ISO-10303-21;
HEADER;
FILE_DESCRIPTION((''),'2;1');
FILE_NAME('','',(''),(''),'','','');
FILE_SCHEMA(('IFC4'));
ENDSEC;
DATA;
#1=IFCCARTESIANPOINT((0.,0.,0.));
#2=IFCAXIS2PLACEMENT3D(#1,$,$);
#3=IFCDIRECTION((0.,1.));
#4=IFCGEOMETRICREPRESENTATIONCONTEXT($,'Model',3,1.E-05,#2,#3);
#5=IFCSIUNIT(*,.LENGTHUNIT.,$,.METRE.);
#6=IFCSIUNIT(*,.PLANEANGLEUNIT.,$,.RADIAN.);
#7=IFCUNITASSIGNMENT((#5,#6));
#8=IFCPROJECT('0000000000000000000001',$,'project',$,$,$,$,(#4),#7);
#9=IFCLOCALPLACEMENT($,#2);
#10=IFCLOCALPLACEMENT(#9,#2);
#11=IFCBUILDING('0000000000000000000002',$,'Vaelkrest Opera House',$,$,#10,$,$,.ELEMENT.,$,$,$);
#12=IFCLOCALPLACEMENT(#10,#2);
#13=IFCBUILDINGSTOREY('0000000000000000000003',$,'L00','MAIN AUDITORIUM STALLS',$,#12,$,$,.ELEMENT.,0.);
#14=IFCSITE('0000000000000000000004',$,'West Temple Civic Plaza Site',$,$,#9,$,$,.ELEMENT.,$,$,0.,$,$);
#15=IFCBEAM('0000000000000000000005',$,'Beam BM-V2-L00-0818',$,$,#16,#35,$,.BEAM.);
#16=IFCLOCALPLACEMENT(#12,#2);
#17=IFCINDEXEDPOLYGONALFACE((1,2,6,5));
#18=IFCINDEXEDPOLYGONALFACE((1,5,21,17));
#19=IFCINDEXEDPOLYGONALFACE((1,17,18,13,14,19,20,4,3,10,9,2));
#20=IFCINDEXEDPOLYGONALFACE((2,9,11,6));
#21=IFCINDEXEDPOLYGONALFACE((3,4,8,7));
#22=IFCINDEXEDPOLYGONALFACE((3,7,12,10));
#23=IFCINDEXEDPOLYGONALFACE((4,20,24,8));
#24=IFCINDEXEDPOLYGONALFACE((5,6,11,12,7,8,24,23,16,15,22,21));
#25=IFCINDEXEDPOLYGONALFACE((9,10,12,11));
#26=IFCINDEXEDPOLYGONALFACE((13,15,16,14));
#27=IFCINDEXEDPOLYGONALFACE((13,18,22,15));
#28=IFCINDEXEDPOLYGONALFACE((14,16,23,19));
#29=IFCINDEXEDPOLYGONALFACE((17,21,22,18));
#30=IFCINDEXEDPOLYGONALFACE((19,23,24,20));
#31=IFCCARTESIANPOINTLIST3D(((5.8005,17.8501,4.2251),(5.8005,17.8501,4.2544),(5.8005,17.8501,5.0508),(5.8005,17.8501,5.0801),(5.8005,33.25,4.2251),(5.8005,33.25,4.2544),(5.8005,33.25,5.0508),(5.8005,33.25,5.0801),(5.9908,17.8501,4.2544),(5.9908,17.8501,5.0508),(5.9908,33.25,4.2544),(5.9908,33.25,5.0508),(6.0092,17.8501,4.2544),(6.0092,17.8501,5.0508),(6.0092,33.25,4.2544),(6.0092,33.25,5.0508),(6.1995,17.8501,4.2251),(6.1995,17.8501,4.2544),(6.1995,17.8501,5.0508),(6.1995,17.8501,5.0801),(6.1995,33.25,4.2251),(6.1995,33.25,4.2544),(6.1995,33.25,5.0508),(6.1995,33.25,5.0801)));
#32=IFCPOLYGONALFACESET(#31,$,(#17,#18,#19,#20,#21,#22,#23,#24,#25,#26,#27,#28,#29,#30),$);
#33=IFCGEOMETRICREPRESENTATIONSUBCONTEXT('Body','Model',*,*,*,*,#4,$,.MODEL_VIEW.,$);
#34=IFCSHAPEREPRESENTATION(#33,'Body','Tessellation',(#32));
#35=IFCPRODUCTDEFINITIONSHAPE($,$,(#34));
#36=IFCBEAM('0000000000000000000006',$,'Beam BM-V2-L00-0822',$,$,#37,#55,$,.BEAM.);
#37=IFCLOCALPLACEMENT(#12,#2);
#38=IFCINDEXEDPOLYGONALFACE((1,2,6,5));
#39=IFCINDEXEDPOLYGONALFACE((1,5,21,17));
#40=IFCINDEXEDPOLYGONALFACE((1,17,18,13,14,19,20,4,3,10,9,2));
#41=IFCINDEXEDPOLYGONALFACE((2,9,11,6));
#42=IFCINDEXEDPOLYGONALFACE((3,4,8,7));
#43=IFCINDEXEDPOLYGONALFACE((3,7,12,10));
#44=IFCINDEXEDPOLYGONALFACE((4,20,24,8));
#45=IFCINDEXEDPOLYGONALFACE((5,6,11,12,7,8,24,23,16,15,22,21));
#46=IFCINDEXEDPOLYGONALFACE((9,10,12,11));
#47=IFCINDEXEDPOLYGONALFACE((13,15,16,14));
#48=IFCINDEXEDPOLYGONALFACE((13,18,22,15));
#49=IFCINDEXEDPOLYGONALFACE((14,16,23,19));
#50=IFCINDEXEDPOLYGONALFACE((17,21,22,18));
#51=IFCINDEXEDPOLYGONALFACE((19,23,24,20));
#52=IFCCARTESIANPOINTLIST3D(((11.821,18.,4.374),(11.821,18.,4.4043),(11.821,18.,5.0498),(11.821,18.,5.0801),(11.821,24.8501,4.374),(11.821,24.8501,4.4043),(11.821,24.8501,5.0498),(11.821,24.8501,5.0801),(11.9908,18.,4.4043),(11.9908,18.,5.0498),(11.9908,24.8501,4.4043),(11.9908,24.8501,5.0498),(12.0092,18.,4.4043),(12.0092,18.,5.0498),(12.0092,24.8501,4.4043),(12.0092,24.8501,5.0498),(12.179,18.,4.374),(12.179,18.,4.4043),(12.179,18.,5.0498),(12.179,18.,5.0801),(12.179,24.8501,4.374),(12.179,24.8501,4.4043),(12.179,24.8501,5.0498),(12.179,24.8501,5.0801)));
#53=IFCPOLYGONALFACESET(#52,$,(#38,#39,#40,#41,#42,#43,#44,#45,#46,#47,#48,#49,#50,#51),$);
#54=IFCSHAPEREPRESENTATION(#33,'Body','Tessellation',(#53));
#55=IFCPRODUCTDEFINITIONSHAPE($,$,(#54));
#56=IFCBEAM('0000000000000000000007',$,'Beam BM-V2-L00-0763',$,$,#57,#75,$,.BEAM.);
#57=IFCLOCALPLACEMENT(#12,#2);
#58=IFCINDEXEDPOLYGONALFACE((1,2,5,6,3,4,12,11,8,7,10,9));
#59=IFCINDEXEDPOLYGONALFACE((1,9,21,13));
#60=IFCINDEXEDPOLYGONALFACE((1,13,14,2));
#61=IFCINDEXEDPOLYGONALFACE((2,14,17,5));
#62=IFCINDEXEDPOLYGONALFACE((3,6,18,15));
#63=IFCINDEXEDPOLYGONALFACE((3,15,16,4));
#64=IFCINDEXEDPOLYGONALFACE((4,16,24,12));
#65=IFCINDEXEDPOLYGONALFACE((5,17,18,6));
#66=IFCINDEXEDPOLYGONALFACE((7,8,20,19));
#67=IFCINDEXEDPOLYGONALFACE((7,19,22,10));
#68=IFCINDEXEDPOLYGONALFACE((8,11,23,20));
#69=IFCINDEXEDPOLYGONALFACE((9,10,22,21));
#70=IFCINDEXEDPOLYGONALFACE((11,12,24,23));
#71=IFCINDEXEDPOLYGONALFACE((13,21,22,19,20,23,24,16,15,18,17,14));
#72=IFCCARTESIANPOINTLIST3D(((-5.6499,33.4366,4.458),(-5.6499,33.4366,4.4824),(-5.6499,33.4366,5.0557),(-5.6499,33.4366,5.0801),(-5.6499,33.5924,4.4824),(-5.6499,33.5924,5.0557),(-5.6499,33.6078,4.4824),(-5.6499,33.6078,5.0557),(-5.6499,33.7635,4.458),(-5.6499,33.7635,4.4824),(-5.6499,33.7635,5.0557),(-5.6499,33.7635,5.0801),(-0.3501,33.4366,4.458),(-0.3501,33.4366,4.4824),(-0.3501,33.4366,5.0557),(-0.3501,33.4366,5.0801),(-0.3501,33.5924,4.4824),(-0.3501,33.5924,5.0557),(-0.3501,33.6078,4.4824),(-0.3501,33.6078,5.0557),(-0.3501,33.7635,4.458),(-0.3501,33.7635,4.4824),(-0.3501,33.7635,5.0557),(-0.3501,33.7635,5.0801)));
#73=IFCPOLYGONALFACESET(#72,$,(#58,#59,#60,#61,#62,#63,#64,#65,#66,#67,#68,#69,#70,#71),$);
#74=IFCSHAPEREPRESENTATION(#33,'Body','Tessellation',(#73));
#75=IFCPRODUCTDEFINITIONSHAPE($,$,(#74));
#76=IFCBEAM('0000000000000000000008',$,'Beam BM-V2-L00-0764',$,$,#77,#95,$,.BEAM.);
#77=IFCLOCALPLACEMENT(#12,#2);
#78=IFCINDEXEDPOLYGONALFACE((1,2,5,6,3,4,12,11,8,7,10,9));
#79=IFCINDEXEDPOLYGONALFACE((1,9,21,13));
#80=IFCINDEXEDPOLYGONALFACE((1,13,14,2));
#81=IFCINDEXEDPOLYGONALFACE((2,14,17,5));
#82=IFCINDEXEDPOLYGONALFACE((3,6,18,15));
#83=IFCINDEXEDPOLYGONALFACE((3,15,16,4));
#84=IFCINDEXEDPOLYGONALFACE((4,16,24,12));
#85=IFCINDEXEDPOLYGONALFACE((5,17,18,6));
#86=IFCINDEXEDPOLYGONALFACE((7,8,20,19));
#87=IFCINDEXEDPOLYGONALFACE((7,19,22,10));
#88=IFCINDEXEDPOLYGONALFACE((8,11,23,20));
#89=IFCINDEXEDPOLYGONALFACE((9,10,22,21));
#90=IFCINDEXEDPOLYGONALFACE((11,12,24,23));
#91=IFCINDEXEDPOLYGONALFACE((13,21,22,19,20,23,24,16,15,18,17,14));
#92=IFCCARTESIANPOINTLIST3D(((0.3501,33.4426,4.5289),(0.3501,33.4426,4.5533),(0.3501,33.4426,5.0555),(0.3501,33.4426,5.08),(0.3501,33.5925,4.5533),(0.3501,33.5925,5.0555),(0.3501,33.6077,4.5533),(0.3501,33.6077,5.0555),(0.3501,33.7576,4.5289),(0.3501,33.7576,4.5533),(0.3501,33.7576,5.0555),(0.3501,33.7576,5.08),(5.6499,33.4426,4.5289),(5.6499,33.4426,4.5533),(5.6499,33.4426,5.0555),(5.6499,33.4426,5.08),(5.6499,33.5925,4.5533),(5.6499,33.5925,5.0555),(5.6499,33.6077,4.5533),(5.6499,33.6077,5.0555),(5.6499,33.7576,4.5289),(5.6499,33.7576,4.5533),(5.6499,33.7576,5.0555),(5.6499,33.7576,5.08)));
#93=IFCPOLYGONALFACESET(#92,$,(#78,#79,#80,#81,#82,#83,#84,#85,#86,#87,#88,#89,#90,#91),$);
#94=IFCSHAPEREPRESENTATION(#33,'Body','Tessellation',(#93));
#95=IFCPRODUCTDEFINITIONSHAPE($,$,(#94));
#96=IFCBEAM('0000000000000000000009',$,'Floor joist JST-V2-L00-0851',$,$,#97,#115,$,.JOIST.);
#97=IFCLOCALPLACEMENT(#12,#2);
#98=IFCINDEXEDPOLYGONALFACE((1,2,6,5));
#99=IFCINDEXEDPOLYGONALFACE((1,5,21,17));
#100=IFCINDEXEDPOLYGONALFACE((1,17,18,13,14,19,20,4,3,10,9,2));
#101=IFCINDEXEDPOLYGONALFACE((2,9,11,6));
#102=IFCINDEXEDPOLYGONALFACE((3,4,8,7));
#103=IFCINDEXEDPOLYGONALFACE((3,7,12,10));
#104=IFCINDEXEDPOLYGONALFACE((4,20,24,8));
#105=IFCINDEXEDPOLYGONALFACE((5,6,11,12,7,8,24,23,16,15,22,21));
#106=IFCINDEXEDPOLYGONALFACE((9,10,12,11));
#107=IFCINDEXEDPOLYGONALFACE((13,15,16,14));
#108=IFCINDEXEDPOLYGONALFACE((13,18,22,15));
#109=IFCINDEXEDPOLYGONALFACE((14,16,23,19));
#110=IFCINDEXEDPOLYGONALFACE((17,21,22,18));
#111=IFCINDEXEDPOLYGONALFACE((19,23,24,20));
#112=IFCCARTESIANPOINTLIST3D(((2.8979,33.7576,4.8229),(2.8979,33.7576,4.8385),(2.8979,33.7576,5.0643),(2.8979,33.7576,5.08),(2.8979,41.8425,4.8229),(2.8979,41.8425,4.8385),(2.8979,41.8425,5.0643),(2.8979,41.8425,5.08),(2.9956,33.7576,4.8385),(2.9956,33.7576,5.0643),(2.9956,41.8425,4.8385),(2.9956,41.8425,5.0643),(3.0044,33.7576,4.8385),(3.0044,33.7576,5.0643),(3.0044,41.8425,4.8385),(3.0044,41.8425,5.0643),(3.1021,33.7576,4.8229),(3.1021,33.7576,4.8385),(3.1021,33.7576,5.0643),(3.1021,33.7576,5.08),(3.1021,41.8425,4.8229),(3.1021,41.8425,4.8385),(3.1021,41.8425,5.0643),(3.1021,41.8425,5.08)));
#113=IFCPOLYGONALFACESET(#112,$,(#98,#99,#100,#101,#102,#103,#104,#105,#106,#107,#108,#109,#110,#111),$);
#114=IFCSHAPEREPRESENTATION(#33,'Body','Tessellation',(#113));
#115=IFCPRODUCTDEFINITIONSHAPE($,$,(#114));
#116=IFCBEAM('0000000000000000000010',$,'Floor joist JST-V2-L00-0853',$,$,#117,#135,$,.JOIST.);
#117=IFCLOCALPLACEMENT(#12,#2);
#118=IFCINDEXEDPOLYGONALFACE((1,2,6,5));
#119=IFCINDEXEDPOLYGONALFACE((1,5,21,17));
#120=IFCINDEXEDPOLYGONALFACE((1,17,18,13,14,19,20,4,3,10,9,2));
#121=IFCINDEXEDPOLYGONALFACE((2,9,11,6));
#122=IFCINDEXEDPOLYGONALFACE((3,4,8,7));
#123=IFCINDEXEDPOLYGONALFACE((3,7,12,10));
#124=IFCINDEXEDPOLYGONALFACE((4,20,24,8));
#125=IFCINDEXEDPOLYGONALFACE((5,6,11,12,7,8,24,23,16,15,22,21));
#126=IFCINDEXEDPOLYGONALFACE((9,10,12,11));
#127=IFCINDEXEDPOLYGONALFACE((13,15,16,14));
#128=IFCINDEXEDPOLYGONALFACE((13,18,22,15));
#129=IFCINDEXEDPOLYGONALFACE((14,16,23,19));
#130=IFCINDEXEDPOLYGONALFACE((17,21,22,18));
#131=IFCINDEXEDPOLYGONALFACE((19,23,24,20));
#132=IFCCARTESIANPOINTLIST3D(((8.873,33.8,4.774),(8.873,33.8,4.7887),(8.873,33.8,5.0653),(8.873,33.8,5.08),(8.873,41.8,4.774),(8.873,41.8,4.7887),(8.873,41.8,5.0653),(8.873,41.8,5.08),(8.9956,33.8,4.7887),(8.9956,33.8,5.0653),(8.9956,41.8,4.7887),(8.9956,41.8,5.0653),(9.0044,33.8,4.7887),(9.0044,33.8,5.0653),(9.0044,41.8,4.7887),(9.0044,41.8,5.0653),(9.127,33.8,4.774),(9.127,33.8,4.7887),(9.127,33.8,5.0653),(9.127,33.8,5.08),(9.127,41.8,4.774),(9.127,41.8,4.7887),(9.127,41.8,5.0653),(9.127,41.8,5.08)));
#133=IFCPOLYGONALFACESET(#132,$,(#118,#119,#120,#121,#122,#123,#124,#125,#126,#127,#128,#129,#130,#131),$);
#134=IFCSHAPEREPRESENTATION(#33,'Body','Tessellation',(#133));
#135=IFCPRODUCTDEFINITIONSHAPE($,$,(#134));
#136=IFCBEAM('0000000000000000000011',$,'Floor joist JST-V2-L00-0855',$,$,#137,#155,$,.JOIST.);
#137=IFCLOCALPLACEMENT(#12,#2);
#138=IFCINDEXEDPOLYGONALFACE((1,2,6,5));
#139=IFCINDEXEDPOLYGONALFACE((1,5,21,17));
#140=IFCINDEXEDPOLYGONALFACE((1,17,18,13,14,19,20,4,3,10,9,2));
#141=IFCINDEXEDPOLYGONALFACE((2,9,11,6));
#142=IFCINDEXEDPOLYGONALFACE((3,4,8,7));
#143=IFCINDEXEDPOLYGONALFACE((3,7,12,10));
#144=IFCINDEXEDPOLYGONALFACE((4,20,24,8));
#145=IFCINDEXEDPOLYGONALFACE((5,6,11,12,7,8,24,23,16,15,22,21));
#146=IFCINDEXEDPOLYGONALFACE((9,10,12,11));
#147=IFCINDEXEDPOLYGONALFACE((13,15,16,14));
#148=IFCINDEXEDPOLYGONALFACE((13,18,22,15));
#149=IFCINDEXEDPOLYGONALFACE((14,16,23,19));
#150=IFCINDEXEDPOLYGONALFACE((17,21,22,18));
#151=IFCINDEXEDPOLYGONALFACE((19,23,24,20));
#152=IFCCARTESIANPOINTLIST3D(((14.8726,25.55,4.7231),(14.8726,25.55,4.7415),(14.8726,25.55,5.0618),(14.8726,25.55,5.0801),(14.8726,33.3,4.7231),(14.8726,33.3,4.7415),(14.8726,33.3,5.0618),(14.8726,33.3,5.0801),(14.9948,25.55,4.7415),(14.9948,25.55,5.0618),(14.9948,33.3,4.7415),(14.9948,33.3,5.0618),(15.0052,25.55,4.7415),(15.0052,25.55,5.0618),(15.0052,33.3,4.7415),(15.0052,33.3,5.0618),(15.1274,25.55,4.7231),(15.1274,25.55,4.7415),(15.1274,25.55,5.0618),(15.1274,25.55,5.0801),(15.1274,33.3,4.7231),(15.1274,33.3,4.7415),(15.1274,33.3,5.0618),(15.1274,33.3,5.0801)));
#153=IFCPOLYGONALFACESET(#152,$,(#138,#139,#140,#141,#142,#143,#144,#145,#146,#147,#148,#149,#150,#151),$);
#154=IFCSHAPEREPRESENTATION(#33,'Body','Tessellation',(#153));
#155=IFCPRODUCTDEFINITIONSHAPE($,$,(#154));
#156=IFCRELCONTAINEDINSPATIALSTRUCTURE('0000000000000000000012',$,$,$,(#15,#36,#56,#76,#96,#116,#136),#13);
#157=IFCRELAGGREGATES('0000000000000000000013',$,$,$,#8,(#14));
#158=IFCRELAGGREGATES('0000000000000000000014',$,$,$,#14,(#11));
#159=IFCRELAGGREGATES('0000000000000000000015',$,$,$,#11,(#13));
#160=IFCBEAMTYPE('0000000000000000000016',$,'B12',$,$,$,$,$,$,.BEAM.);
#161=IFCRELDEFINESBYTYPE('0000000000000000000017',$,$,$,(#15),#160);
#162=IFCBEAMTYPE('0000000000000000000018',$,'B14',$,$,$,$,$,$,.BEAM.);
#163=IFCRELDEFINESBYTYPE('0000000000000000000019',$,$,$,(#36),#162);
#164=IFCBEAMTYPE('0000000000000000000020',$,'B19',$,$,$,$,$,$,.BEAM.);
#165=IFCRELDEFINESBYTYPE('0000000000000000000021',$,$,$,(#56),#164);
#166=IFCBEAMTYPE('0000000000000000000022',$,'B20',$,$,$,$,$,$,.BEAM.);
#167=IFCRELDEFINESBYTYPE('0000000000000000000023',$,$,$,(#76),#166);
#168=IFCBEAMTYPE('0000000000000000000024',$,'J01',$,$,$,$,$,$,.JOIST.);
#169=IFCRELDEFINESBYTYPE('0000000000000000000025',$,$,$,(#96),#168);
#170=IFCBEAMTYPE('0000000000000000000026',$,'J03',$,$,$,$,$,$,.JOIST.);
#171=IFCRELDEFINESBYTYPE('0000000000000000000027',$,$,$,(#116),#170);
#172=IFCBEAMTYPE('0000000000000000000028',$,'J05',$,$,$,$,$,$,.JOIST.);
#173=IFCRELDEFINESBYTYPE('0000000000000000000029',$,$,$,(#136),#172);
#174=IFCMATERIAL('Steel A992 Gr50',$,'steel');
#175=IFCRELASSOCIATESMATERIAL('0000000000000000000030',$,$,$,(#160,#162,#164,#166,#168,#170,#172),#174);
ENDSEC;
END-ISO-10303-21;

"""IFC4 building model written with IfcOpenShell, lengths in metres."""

from ifc_helpers import new_model, si_unit, direction, frame, origin, origin_2d, place, context, subcontext, project, spatial, i_section, extrude, material, material_profile, profile_set, type_object, element, save


model = new_model("IFC4")

# Units and contexts
model_context = context("Model", 3, precision=1e-05, world=origin(), true_north=direction((0.0, 1.0)))
body_context = subcontext(model_context, "Body", "Model", "MODEL_VIEW")
ifc_project = project(units=[si_unit("LENGTHUNIT", "METRE"), si_unit("PLANEANGLEUNIT", "RADIAN")], contexts=[model_context])

# Site, building, storey
site_placement = place(None, origin())
site = spatial("IfcSite", under=ifc_project, at=site_placement, Name="West Temple Civic Plaza Site", CompositionType="ELEMENT", RefElevation=0.0)
building_placement = place(site_placement, origin())
building = spatial("IfcBuilding", under=site, at=building_placement, Name="Vaelkrest Opera House", CompositionType="ELEMENT")
storey_placement = place(building_placement, origin())
storey = spatial("IfcBuildingStorey", under=building, at=storey_placement, Name="L00", Description="MAIN AUDITORIUM STALLS", CompositionType="ELEMENT", Elevation=0.0)

# Beams
ifc_material_1 = material(Name="Steel A992 Gr50", Category="steel")
ifc_material_profile_1 = material_profile(ifc_material_1, i_section(OverallWidth=0.3989, OverallDepth=0.855, WebThickness=0.0183, FlangeThickness=0.0293, at=origin_2d()), Name="W33X201")
ifc_profile_set_1 = profile_set([ifc_material_profile_1], Name="Steel A992 Gr50")
beam_type_1 = type_object("IfcBeamType", Name="B12", PredefinedType="BEAM", material=ifc_profile_set_1)
beam_1_placement = place(storey_placement, frame((6.0, 17.8501, 4.6526), z_axis=(0.0, 1.0, 0.0), x_axis=(-1.0, 0.0, 0.0)))
element("IfcBeam", 1, at=beam_1_placement, inside=storey, type_object=beam_type_1, Name="Beam BM-V2-L00-0818", PredefinedType="BEAM", context=body_context, shape_type="SweptSolid", body=[
    extrude(i_section(OverallWidth=0.3989, OverallDepth=0.855, WebThickness=0.0183, FlangeThickness=0.0293, at=origin_2d()), origin(), (0.0, 0.0, 1.0), 15.3999),
])
ifc_material_profile_2 = material_profile(ifc_material_1, i_section(OverallWidth=0.3579, OverallDepth=0.7061, WebThickness=0.0183, FlangeThickness=0.0303, at=origin_2d()), Name="W27X178")
ifc_profile_set_2 = profile_set([ifc_material_profile_2], Name="Steel A992 Gr50")
beam_type_2 = type_object("IfcBeamType", Name="B14", PredefinedType="BEAM", material=ifc_profile_set_2)
beam_2_placement = place(storey_placement, frame((12.0, 18.0, 4.7271), z_axis=(0.0, 1.0, 0.0), x_axis=(-1.0, 0.0, 0.0)))
element("IfcBeam", 2, at=beam_2_placement, inside=storey, type_object=beam_type_2, Name="Beam BM-V2-L00-0822", PredefinedType="BEAM", context=body_context, shape_type="SweptSolid", body=[
    extrude(i_section(OverallWidth=0.3579, OverallDepth=0.7061, WebThickness=0.0183, FlangeThickness=0.0303, at=origin_2d()), origin(), (0.0, 0.0, 1.0), 6.8501),
])
ifc_material_profile_3 = material_profile(ifc_material_1, i_section(OverallWidth=0.3269, OverallDepth=0.6221, WebThickness=0.0154, FlangeThickness=0.0244, at=origin_2d()), Name="W24X131")
ifc_profile_set_3 = profile_set([ifc_material_profile_3], Name="Steel A992 Gr50")
beam_type_3 = type_object("IfcBeamType", Name="B19", PredefinedType="BEAM", material=ifc_profile_set_3)
beam_3_placement = place(storey_placement, frame((-5.6499, 33.6001, 4.769), z_axis=(1.0, 0.0, 0.0), x_axis=(0.0, 1.0, 0.0)))
element("IfcBeam", 3, at=beam_3_placement, inside=storey, type_object=beam_type_3, Name="Beam BM-V2-L00-0763", PredefinedType="BEAM", context=body_context, shape_type="SweptSolid", body=[
    extrude(i_section(OverallWidth=0.3269, OverallDepth=0.6221, WebThickness=0.0154, FlangeThickness=0.0244, at=origin_2d()), origin(), (0.0, 0.0, 1.0), 5.2998),
])
ifc_material_profile_4 = material_profile(ifc_material_1, i_section(OverallWidth=0.3149, OverallDepth=0.551, WebThickness=0.0151, FlangeThickness=0.0244, at=origin_2d()), Name="W21X122")
ifc_profile_set_4 = profile_set([ifc_material_profile_4], Name="Steel A992 Gr50")
beam_type_4 = type_object("IfcBeamType", Name="B20", PredefinedType="BEAM", material=ifc_profile_set_4)
beam_4_placement = place(storey_placement, frame((0.3501, 33.6001, 4.8044), z_axis=(1.0, 0.0, 0.0), x_axis=(0.0, 1.0, 0.0)))
element("IfcBeam", 4, at=beam_4_placement, inside=storey, type_object=beam_type_4, Name="Beam BM-V2-L00-0764", PredefinedType="BEAM", context=body_context, shape_type="SweptSolid", body=[
    extrude(i_section(OverallWidth=0.3149, OverallDepth=0.551, WebThickness=0.0151, FlangeThickness=0.0244, at=origin_2d()), origin(), (0.0, 0.0, 1.0), 5.2998),
])
ifc_material_profile_5 = material_profile(ifc_material_1, i_section(OverallWidth=0.2041, OverallDepth=0.2571, WebThickness=0.0088, FlangeThickness=0.0156, at=origin_2d()), Name="W10X45")
ifc_profile_set_5 = profile_set([ifc_material_profile_5], Name="Steel A992 Gr50")
beam_type_5 = type_object("IfcBeamType", Name="J01", PredefinedType="JOIST", material=ifc_profile_set_5)
beam_5_placement = place(storey_placement, frame((3.0, 33.7576, 4.9514), z_axis=(0.0, 1.0, 0.0), x_axis=(-1.0, 0.0, 0.0)))
element("IfcBeam", 5, at=beam_5_placement, inside=storey, type_object=beam_type_5, Name="Floor joist JST-V2-L00-0851", PredefinedType="JOIST", context=body_context, shape_type="SweptSolid", body=[
    extrude(i_section(OverallWidth=0.2041, OverallDepth=0.2571, WebThickness=0.0088, FlangeThickness=0.0156, at=origin_2d()), origin(), (0.0, 0.0, 1.0), 8.085),
])
ifc_material_profile_6 = material_profile(ifc_material_1, i_section(OverallWidth=0.2539, OverallDepth=0.3059, WebThickness=0.0088, FlangeThickness=0.0146, at=origin_2d()), Name="W12X53")
ifc_profile_set_6 = profile_set([ifc_material_profile_6], Name="Steel A992 Gr50")
beam_type_6 = type_object("IfcBeamType", Name="J03", PredefinedType="JOIST", material=ifc_profile_set_6)
beam_6_placement = place(storey_placement, frame((9.0, 33.8, 4.927), z_axis=(0.0, 1.0, 0.0), x_axis=(-1.0, 0.0, 0.0)))
element("IfcBeam", 6, at=beam_6_placement, inside=storey, type_object=beam_type_6, Name="Floor joist JST-V2-L00-0853", PredefinedType="JOIST", context=body_context, shape_type="SweptSolid", body=[
    extrude(i_section(OverallWidth=0.2539, OverallDepth=0.3059, WebThickness=0.0088, FlangeThickness=0.0146, at=origin_2d()), origin(), (0.0, 0.0, 1.0), 8.0),
])
ifc_material_profile_7 = material_profile(ifc_material_1, i_section(OverallWidth=0.2549, OverallDepth=0.3569, WebThickness=0.0105, FlangeThickness=0.0183, at=origin_2d()), Name="W14X68")
ifc_profile_set_7 = profile_set([ifc_material_profile_7], Name="Steel A992 Gr50")
beam_type_7 = type_object("IfcBeamType", Name="J05", PredefinedType="JOIST", material=ifc_profile_set_7)
beam_7_placement = place(storey_placement, frame((15.0, 25.55, 4.9016), z_axis=(0.0, 1.0, 0.0), x_axis=(-1.0, 0.0, 0.0)))
element("IfcBeam", 7, at=beam_7_placement, inside=storey, type_object=beam_type_7, Name="Floor joist JST-V2-L00-0855", PredefinedType="JOIST", context=body_context, shape_type="SweptSolid", body=[
    extrude(i_section(OverallWidth=0.2549, OverallDepth=0.3569, WebThickness=0.0105, FlangeThickness=0.0183, at=origin_2d()), origin(), (0.0, 0.0, 1.0), 7.75),
])

save(model, "model.ifc")
